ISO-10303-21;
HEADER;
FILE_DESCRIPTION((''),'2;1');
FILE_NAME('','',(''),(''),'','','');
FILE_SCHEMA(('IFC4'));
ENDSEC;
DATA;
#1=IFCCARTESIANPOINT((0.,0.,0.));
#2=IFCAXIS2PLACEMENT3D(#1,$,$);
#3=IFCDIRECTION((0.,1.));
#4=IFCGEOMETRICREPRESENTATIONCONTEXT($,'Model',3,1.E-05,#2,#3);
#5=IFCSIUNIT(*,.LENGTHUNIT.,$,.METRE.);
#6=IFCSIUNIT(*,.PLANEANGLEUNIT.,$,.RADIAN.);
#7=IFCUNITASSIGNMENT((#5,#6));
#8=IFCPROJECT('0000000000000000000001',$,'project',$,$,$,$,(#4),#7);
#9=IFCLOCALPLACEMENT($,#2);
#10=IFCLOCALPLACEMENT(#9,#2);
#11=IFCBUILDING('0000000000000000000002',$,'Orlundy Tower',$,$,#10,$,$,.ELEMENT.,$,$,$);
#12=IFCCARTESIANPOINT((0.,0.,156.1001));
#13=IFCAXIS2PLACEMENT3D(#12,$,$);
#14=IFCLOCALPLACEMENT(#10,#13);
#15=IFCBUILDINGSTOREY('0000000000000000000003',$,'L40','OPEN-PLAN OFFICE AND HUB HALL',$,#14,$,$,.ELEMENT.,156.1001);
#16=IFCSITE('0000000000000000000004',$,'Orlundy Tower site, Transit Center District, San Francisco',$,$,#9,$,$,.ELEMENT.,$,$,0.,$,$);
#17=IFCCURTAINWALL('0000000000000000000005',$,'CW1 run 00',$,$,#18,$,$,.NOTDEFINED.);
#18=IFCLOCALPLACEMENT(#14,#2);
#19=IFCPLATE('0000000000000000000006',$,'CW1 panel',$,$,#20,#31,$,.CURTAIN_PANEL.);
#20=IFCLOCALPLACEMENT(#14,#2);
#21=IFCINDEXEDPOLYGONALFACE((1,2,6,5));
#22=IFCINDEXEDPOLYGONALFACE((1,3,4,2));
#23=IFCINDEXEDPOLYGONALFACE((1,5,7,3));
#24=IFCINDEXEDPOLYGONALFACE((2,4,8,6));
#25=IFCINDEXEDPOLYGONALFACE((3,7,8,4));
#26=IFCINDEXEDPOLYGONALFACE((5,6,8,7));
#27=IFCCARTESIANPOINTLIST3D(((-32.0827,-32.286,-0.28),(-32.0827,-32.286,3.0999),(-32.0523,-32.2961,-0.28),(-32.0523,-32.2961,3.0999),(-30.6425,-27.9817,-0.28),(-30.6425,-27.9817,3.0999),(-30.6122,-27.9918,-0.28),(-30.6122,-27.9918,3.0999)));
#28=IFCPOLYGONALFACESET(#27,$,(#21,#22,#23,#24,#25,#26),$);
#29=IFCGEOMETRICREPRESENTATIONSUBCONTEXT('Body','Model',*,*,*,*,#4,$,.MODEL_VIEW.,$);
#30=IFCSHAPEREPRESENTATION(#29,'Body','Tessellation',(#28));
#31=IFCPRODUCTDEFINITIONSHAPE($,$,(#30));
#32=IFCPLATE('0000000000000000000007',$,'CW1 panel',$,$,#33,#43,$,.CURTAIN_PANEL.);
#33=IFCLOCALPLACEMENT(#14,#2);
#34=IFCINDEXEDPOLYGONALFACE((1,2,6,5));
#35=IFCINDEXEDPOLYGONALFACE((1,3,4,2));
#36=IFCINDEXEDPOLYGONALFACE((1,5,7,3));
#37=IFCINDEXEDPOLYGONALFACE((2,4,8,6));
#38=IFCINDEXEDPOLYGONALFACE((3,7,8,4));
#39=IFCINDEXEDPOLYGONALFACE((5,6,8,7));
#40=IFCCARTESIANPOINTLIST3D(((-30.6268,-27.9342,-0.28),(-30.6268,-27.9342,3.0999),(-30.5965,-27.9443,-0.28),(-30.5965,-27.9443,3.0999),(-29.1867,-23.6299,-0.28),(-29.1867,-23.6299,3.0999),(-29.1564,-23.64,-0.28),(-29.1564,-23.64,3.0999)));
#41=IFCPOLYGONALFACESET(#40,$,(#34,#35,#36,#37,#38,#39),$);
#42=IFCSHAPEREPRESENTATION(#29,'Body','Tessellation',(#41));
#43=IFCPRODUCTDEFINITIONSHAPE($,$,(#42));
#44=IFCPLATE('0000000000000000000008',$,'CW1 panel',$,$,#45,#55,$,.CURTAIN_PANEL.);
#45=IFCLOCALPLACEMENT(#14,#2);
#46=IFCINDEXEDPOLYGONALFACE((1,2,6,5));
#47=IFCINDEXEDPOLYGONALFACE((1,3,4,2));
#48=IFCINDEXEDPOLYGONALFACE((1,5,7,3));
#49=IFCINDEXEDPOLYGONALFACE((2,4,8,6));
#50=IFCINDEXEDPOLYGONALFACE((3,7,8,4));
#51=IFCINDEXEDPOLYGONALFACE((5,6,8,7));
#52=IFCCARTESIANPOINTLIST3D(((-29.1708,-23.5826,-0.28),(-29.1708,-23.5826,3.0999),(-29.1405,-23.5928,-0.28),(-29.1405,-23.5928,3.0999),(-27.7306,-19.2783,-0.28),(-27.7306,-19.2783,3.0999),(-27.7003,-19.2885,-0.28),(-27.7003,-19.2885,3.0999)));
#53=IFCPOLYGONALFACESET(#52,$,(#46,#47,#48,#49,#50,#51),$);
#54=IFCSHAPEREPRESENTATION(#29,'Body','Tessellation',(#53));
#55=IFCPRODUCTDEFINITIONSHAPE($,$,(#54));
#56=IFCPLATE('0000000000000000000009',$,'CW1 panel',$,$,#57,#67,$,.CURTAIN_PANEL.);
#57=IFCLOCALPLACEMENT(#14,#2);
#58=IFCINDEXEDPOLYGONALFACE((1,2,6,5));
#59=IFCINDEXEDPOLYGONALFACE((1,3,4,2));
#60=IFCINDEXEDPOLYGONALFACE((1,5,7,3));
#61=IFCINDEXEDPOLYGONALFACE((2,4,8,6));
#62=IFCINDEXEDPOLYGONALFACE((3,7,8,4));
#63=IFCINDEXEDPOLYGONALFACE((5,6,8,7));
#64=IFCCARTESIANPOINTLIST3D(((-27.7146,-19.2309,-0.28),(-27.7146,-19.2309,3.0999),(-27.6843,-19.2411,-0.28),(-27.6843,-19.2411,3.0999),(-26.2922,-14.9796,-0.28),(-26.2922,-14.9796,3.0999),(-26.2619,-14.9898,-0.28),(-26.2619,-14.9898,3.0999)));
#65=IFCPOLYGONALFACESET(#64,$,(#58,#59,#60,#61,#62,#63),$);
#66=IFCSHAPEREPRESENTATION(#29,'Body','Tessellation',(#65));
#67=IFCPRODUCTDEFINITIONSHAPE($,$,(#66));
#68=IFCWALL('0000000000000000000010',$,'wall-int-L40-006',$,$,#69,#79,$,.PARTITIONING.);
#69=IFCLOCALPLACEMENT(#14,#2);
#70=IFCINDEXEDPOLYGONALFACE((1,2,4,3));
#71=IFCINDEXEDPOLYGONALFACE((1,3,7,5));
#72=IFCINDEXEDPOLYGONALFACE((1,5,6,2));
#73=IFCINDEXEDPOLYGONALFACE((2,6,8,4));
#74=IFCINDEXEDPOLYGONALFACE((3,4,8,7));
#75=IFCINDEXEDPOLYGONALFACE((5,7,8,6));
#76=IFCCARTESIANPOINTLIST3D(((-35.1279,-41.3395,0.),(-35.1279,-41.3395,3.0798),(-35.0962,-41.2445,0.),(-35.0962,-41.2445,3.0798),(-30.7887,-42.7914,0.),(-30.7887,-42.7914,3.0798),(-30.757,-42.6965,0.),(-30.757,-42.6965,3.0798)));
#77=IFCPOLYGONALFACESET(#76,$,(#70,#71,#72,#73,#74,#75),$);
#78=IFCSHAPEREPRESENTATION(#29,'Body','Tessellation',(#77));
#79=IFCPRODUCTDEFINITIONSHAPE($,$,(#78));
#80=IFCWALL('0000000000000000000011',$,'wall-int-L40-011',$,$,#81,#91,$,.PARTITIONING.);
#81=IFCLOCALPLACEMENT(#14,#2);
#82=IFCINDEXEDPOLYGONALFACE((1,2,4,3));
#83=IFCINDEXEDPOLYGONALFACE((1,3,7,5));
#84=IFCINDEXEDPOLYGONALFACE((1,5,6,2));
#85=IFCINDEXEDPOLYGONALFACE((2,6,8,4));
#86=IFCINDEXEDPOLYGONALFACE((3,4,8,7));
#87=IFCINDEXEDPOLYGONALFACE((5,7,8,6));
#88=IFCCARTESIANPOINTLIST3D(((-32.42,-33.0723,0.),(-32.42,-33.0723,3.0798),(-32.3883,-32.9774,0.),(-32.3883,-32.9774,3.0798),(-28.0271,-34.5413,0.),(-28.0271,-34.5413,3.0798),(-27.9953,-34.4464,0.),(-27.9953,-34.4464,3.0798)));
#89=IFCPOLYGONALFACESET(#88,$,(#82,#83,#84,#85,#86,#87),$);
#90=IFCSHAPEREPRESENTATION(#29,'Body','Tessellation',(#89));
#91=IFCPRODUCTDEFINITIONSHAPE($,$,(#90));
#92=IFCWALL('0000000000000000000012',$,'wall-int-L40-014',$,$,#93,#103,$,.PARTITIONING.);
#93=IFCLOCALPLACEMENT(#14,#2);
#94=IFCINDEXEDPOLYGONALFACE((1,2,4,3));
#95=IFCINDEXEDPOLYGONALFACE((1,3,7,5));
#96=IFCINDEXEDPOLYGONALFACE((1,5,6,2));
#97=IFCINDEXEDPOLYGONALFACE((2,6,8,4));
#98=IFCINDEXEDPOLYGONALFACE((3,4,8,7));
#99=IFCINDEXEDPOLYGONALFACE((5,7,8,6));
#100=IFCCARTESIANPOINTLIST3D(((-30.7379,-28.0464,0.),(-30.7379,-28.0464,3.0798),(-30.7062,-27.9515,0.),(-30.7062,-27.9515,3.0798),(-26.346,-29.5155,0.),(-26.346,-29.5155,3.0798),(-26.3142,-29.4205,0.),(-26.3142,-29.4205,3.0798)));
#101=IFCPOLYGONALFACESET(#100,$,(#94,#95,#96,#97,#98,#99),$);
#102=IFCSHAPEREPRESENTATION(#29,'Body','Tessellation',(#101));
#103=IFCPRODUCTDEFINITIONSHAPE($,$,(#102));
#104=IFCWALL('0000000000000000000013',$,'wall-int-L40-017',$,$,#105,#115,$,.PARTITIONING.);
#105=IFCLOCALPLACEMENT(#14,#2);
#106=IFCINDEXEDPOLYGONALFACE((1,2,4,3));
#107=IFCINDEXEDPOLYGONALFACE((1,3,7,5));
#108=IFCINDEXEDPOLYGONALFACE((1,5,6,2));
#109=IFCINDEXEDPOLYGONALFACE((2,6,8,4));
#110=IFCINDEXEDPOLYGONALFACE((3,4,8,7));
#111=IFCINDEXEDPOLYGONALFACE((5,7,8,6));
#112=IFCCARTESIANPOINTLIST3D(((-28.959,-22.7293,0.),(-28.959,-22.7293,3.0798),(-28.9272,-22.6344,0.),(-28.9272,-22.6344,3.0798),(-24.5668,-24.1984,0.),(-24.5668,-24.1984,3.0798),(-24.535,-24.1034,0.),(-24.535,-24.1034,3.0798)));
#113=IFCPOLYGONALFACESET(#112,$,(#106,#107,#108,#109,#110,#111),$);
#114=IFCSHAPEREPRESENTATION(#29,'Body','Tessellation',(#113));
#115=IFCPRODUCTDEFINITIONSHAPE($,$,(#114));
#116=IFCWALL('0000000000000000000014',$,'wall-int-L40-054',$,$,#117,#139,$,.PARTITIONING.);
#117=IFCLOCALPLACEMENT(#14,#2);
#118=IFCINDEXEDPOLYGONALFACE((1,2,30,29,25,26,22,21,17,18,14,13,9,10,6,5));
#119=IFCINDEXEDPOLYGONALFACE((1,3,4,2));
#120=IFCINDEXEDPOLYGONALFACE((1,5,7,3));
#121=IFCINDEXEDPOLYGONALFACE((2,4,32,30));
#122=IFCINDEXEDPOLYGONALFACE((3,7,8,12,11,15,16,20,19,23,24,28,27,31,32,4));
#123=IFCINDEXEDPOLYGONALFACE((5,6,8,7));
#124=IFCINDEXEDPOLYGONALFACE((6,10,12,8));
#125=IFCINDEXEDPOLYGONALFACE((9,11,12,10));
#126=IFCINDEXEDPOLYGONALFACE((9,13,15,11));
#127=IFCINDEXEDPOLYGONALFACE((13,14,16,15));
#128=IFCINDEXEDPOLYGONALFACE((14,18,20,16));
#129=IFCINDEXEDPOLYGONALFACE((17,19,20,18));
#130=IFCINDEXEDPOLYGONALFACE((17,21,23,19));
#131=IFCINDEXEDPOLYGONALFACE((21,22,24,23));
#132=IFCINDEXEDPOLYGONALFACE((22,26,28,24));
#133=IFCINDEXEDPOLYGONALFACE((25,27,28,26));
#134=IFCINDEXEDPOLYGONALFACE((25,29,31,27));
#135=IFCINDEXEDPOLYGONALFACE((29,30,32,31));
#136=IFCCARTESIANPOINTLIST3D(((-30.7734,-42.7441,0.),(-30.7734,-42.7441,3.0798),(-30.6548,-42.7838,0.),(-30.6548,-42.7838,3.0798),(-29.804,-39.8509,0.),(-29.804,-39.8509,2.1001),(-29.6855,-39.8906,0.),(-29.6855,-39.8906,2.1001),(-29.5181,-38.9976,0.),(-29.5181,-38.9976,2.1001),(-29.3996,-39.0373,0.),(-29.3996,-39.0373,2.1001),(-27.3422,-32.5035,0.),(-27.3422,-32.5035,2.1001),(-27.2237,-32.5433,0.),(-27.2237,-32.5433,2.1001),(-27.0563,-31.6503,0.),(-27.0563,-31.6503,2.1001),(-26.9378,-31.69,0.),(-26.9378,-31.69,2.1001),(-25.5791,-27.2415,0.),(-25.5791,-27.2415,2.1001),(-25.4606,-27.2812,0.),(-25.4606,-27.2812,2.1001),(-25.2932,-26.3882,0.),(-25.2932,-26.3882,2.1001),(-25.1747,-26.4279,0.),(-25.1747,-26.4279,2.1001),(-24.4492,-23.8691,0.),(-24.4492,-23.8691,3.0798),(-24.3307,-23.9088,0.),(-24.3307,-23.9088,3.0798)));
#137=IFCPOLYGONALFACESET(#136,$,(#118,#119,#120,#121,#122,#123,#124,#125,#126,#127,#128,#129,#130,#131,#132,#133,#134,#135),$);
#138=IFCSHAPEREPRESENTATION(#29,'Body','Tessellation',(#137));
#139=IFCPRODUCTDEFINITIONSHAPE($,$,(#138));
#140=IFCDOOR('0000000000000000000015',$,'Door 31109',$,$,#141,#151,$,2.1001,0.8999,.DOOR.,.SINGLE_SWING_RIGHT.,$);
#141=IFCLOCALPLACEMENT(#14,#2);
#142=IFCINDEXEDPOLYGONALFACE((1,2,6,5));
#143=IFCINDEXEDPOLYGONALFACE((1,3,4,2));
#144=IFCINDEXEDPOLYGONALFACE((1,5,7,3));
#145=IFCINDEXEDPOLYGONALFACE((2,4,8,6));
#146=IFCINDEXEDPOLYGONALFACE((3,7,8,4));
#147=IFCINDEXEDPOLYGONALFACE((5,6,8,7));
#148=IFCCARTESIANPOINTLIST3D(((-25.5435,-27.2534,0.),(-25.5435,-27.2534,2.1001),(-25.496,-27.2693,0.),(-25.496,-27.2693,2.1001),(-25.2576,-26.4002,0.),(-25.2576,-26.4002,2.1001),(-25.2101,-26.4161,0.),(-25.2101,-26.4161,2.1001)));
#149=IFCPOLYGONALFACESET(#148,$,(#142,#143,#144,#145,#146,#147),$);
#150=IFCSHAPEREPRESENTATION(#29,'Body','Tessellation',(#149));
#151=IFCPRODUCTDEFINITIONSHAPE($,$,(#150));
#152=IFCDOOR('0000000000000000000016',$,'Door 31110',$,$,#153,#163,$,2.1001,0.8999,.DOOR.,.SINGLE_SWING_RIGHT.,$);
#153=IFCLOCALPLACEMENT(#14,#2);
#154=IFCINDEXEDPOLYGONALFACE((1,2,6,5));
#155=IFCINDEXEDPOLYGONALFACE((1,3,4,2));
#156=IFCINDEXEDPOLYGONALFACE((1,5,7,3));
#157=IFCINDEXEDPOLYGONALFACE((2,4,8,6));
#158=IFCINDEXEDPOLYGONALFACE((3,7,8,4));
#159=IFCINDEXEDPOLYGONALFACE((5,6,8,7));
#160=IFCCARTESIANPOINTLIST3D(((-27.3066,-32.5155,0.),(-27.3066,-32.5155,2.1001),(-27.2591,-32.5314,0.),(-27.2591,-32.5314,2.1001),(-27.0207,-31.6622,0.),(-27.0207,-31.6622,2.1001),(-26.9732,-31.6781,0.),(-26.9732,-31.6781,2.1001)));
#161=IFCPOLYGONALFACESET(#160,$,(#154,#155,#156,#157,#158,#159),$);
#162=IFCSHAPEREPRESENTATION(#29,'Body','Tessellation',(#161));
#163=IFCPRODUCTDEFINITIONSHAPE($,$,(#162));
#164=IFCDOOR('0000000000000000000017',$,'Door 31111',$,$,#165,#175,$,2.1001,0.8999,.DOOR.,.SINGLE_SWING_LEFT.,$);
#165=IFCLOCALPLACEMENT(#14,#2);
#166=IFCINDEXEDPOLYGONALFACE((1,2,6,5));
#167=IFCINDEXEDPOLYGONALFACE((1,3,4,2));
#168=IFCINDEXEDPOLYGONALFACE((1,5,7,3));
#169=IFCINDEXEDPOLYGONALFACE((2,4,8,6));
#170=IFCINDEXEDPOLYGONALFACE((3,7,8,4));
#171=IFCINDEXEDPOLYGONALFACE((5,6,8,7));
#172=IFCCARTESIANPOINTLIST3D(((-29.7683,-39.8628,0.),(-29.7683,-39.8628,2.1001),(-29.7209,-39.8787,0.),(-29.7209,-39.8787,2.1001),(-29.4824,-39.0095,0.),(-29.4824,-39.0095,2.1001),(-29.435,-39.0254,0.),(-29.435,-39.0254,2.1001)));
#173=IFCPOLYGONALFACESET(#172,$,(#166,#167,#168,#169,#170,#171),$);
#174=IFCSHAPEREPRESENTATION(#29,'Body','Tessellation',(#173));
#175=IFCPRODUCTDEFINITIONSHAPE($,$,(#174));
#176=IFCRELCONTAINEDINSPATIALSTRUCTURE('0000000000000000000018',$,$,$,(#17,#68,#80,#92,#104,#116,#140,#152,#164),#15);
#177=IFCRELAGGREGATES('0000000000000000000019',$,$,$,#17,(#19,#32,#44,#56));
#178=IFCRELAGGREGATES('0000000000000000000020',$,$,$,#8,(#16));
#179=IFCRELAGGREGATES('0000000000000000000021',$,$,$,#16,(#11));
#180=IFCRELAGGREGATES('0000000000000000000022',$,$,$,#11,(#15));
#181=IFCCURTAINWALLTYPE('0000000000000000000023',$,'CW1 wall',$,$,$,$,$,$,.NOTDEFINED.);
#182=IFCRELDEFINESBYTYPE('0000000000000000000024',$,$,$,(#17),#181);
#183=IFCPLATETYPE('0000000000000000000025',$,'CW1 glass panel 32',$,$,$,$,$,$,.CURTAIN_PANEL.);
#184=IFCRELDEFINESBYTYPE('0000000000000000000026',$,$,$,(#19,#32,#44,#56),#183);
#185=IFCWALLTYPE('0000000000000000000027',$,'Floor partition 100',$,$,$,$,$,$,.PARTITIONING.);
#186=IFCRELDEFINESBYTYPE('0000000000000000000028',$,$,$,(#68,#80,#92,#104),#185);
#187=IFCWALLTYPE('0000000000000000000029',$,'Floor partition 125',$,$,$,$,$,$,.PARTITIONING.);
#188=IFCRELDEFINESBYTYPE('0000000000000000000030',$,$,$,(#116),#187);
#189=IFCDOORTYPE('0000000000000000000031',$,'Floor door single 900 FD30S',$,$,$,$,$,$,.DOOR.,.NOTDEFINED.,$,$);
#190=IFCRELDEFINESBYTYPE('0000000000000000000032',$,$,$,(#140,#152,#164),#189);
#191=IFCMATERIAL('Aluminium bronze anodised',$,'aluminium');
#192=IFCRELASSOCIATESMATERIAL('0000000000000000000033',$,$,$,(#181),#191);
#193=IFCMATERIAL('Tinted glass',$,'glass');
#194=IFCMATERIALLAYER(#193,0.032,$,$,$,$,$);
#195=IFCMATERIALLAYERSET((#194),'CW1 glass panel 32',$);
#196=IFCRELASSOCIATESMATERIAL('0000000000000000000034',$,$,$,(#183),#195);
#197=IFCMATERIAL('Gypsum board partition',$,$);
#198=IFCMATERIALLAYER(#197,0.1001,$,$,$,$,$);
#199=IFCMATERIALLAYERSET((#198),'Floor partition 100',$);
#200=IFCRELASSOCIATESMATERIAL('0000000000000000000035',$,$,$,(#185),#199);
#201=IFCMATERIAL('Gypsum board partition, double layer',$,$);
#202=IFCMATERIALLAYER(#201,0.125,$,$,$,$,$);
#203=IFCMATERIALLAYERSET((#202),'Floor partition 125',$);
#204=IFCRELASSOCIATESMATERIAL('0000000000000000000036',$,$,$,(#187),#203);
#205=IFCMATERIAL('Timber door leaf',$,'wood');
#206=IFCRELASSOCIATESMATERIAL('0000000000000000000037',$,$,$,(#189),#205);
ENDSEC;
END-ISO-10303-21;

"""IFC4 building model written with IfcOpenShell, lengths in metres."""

from ifc_helpers import new_model, si_unit, direction, frame, frame_2d, origin, origin_2d, place, context, subcontext, project, spatial, rectangle, extrude, material, layer, layer_set, type_object, element, fill, aggregate, save


model = new_model("IFC4")

# Units and contexts
model_context = context("Model", 3, precision=1e-05, world=origin(), true_north=direction((0.0, 1.0)))
body_context = subcontext(model_context, "Body", "Model", "MODEL_VIEW")
ifc_project = project(units=[si_unit("LENGTHUNIT", "METRE"), si_unit("PLANEANGLEUNIT", "RADIAN")], contexts=[model_context])

# Site, building, storey
site_placement = place(None, origin())
site = spatial("IfcSite", under=ifc_project, at=site_placement, Name="Orlundy Tower site, Transit Center District, San Francisco", CompositionType="ELEMENT", RefElevation=0.0)
building_placement = place(site_placement, origin())
building = spatial("IfcBuilding", under=site, at=building_placement, Name="Orlundy Tower", CompositionType="ELEMENT")
storey_placement = place(building_placement, frame((0.0, 0.0, 156.1001)))
storey = spatial("IfcBuildingStorey", under=building, at=storey_placement, Name="L40", Description="OPEN-PLAN OFFICE AND HUB HALL", CompositionType="ELEMENT", Elevation=156.1001)

# Curtain wall
ifc_material_1 = material(Name="Aluminium bronze anodised", Category="aluminium")
curtain_wall_type = type_object("IfcCurtainWallType", Name="CW1 wall", PredefinedType="NOTDEFINED", material=ifc_material_1)
curtain_wall_1_placement = place(storey_placement, origin())
curtain_wall_1 = element("IfcCurtainWall", 1, at=curtain_wall_1_placement, inside=storey, type_object=curtain_wall_type, Name="CW1 run 00", PredefinedType="NOTDEFINED")

# Plates
ifc_material_2 = material(Name="Tinted glass", Category="glass")
ifc_layer_1 = layer(ifc_material_2, 0.032)
ifc_layer_set_1 = layer_set([ifc_layer_1], Name="CW1 glass panel 32")
plate_type = type_object("IfcPlateType", Name="CW1 glass panel 32", PredefinedType="CURTAIN_PANEL", material=ifc_layer_set_1)
plate_1_placement = place(storey_placement, frame((-31.3474, -30.1389, -0.28), z_axis=(0.0, 0.0, 1.0), x_axis=(0.317295, 0.948327, 0.0)))
plate_1 = element("IfcPlate", 2, at=plate_1_placement, type_object=plate_type, Name="CW1 panel", PredefinedType="CURTAIN_PANEL", context=body_context, shape_type="SweptSolid", body=[
    extrude(rectangle(XDim=4.5388, YDim=0.032, at=origin_2d()), origin(), (0.0, 0.0, 1.0), 3.3799),
])
plate_2_placement = place(storey_placement, frame((-29.8916, -25.7871, -0.28), z_axis=(0.0, 0.0, 1.0), x_axis=(0.317295, 0.948327, 0.0)))
plate_2 = element("IfcPlate", 3, at=plate_2_placement, type_object=plate_type, Name="CW1 panel", PredefinedType="CURTAIN_PANEL", context=body_context, shape_type="SweptSolid", body=[
    extrude(rectangle(XDim=4.5388, YDim=0.032, at=origin_2d()), origin(), (0.0, 0.0, 1.0), 3.3799),
])
plate_3_placement = place(storey_placement, frame((-28.4355, -21.4355, -0.28), z_axis=(0.0, 0.0, 1.0), x_axis=(0.317295, 0.948327, 0.0)))
plate_3 = element("IfcPlate", 4, at=plate_3_placement, type_object=plate_type, Name="CW1 panel", PredefinedType="CURTAIN_PANEL", context=body_context, shape_type="SweptSolid", body=[
    extrude(rectangle(XDim=4.5388, YDim=0.032, at=origin_2d()), origin(), (0.0, 0.0, 1.0), 3.3799),
])
plate_4_placement = place(storey_placement, frame((-26.9883, -17.1104, -0.28), z_axis=(0.0, 0.0, 1.0), x_axis=(0.317295, 0.948327, 0.0)))
plate_4 = element("IfcPlate", 5, at=plate_4_placement, type_object=plate_type, Name="CW1 panel", PredefinedType="CURTAIN_PANEL", context=body_context, shape_type="SweptSolid", body=[
    extrude(rectangle(XDim=4.4829, YDim=0.032, at=origin_2d()), origin(), (0.0, 0.0, 1.0), 3.3799),
])
aggregate(curtain_wall_1, [plate_1, plate_2, plate_3, plate_4])

# Walls
ifc_material_3 = material(Name="Gypsum board partition")
ifc_layer_2 = layer(ifc_material_3, 0.1001)
ifc_layer_set_2 = layer_set([ifc_layer_2], Name="Floor partition 100")
wall_type_1 = type_object("IfcWallType", Name="Floor partition 100", PredefinedType="PARTITIONING", material=ifc_layer_set_2)
wall_1_placement = place(storey_placement, frame((-35.1121, -41.292, 0.0), z_axis=(0.0, 0.0, 1.0), x_axis=(0.94832, -0.317316, 0.0)))
element("IfcWall", 6, at=wall_1_placement, inside=storey, type_object=wall_type_1, Name="wall-int-L40-006", PredefinedType="PARTITIONING", context=body_context, shape_type="SweptSolid", body=[
    extrude(rectangle(XDim=4.5757, YDim=0.1001, at=frame_2d((2.2878, 0.0))), origin(), (0.0, 0.0, 1.0), 3.0798),
])
wall_2_placement = place(storey_placement, frame((-32.4041, -33.0249, 0.0), z_axis=(0.0, 0.0, 1.0), x_axis=(0.948382, -0.317129, 0.0)))
element("IfcWall", 7, at=wall_2_placement, inside=storey, type_object=wall_type_1, Name="wall-int-L40-011", PredefinedType="PARTITIONING", context=body_context, shape_type="SweptSolid", body=[
    extrude(rectangle(XDim=4.6321, YDim=0.1001, at=frame_2d((2.3159, 0.0))), origin(), (0.0, 0.0, 1.0), 3.0798),
])
wall_3_placement = place(storey_placement, frame((-30.7219, -27.999, 0.0), z_axis=(0.0, 0.0, 1.0), x_axis=(0.948356, -0.317208, 0.0)))
element("IfcWall", 8, at=wall_3_placement, inside=storey, type_object=wall_type_1, Name="wall-int-L40-014", PredefinedType="PARTITIONING", context=body_context, shape_type="SweptSolid", body=[
    extrude(rectangle(XDim=4.6311, YDim=0.1001, at=frame_2d((2.3154, 0.0))), origin(), (0.0, 0.0, 1.0), 3.0798),
])
wall_4_placement = place(storey_placement, frame((-28.9431, -22.6819, 0.0), z_axis=(0.0, 0.0, 1.0), x_axis=(0.948361, -0.317192, 0.0)))
element("IfcWall", 9, at=wall_4_placement, inside=storey, type_object=wall_type_1, Name="wall-int-L40-017", PredefinedType="PARTITIONING", context=body_context, shape_type="SweptSolid", body=[
    extrude(rectangle(XDim=4.6313, YDim=0.1001, at=frame_2d((2.3157, 0.0))), origin(), (0.0, 0.0, 1.0), 3.0798),
])

# Wall, openings, doors
ifc_material_4 = material(Name="Gypsum board partition, double layer")
ifc_layer_3 = layer(ifc_material_4, 0.125)
ifc_layer_set_3 = layer_set([ifc_layer_3], Name="Floor partition 125")
wall_type_2 = type_object("IfcWallType", Name="Floor partition 125", PredefinedType="PARTITIONING", material=ifc_layer_set_3)
wall_5_placement = place(storey_placement, frame((-30.7141, -42.7639, 0.0), z_axis=(0.0, 0.0, 1.0), x_axis=(0.317699, 0.948192, 0.0)))
wall_5 = element("IfcWall", 10, at=wall_5_placement, inside=storey, type_object=wall_type_2, Name="wall-int-L40-054", PredefinedType="PARTITIONING", context=body_context, shape_type="SweptSolid", body=[
    extrude(rectangle(XDim=19.9062, YDim=0.125, at=frame_2d((9.9531, 0.0))), origin(), (0.0, 0.0, 1.0), 3.0798),
])
opening_1_placement = place(wall_5_placement, frame((16.3496, 0.0, 0.0)))
opening_1 = element("IfcOpeningElement", 11, at=opening_1_placement, cuts=wall_5, PredefinedType="OPENING", context=body_context, shape_type="SweptSolid", body=[
    extrude(rectangle(XDim=0.8999, YDim=2.1001, at=frame_2d((0.45, 1.05))), frame((0.0, 0.0725, 0.0), z_axis=(0.0, -1.0, 0.0), x_axis=(1.0, 0.0, 0.0)), (0.0, 0.0, 1.0), 0.145),
])
opening_2_placement = place(wall_5_placement, frame((10.8, 0.0, 0.0)))
opening_2 = element("IfcOpeningElement", 12, at=opening_2_placement, cuts=wall_5, PredefinedType="OPENING", context=body_context, shape_type="SweptSolid", body=[
    extrude(rectangle(XDim=0.8999, YDim=2.1001, at=frame_2d((0.45, 1.05))), frame((0.0, 0.0725, 0.0), z_axis=(0.0, -1.0, 0.0), x_axis=(1.0, 0.0, 0.0)), (0.0, 0.0, 1.0), 0.145),
])
opening_3_placement = place(wall_5_placement, frame((3.0513, 0.0, 0.0)))
opening_3 = element("IfcOpeningElement", 13, at=opening_3_placement, cuts=wall_5, PredefinedType="OPENING", context=body_context, shape_type="SweptSolid", body=[
    extrude(rectangle(XDim=0.8999, YDim=2.1001, at=frame_2d((0.45, 1.05))), frame((0.0, 0.0725, 0.0), z_axis=(0.0, -1.0, 0.0), x_axis=(1.0, 0.0, 0.0)), (0.0, 0.0, 1.0), 0.145),
])
ifc_material_5 = material(Name="Timber door leaf", Category="wood")
door_type = type_object("IfcDoorType", Name="Floor door single 900 FD30S", OperationType="NOTDEFINED", PredefinedType="DOOR", material=ifc_material_5)
door_1_placement = place(opening_1_placement, origin())
door_1 = element("IfcDoor", 14, at=door_1_placement, inside=storey, type_object=door_type, Name="Door 31109", OperationType="SINGLE_SWING_RIGHT", OverallHeight=2.1001, OverallWidth=0.8999, PredefinedType="DOOR", context=body_context, shape_type="SweptSolid", body=[
    extrude(rectangle(XDim=0.8999, YDim=2.1001, at=frame_2d((0.45, 1.05))), frame((0.0, 0.0249, 0.0), z_axis=(0.0, -1.0, 0.0), x_axis=(1.0, 0.0, 0.0)), (0.0, 0.0, 1.0), 0.05),
])
fill(opening_1, door_1)
door_2_placement = place(opening_2_placement, origin())
door_2 = element("IfcDoor", 15, at=door_2_placement, inside=storey, type_object=door_type, Name="Door 31110", OperationType="SINGLE_SWING_RIGHT", OverallHeight=2.1001, OverallWidth=0.8999, PredefinedType="DOOR", context=body_context, shape_type="SweptSolid", body=[
    extrude(rectangle(XDim=0.8999, YDim=2.1001, at=frame_2d((0.45, 1.05))), frame((0.0, 0.0249, 0.0), z_axis=(0.0, -1.0, 0.0), x_axis=(1.0, 0.0, 0.0)), (0.0, 0.0, 1.0), 0.05),
])
fill(opening_2, door_2)
door_3_placement = place(opening_3_placement, origin())
door_3 = element("IfcDoor", 16, at=door_3_placement, inside=storey, type_object=door_type, Name="Door 31111", OperationType="SINGLE_SWING_LEFT", OverallHeight=2.1001, OverallWidth=0.8999, PredefinedType="DOOR", context=body_context, shape_type="SweptSolid", body=[
    extrude(rectangle(XDim=0.8999, YDim=2.1001, at=frame_2d((0.45, 1.05))), frame((0.0, 0.0249, 0.0), z_axis=(0.0, -1.0, 0.0), x_axis=(1.0, 0.0, 0.0)), (0.0, 0.0, 1.0), 0.05),
])
fill(opening_3, door_3)

save(model, "model.ifc")
